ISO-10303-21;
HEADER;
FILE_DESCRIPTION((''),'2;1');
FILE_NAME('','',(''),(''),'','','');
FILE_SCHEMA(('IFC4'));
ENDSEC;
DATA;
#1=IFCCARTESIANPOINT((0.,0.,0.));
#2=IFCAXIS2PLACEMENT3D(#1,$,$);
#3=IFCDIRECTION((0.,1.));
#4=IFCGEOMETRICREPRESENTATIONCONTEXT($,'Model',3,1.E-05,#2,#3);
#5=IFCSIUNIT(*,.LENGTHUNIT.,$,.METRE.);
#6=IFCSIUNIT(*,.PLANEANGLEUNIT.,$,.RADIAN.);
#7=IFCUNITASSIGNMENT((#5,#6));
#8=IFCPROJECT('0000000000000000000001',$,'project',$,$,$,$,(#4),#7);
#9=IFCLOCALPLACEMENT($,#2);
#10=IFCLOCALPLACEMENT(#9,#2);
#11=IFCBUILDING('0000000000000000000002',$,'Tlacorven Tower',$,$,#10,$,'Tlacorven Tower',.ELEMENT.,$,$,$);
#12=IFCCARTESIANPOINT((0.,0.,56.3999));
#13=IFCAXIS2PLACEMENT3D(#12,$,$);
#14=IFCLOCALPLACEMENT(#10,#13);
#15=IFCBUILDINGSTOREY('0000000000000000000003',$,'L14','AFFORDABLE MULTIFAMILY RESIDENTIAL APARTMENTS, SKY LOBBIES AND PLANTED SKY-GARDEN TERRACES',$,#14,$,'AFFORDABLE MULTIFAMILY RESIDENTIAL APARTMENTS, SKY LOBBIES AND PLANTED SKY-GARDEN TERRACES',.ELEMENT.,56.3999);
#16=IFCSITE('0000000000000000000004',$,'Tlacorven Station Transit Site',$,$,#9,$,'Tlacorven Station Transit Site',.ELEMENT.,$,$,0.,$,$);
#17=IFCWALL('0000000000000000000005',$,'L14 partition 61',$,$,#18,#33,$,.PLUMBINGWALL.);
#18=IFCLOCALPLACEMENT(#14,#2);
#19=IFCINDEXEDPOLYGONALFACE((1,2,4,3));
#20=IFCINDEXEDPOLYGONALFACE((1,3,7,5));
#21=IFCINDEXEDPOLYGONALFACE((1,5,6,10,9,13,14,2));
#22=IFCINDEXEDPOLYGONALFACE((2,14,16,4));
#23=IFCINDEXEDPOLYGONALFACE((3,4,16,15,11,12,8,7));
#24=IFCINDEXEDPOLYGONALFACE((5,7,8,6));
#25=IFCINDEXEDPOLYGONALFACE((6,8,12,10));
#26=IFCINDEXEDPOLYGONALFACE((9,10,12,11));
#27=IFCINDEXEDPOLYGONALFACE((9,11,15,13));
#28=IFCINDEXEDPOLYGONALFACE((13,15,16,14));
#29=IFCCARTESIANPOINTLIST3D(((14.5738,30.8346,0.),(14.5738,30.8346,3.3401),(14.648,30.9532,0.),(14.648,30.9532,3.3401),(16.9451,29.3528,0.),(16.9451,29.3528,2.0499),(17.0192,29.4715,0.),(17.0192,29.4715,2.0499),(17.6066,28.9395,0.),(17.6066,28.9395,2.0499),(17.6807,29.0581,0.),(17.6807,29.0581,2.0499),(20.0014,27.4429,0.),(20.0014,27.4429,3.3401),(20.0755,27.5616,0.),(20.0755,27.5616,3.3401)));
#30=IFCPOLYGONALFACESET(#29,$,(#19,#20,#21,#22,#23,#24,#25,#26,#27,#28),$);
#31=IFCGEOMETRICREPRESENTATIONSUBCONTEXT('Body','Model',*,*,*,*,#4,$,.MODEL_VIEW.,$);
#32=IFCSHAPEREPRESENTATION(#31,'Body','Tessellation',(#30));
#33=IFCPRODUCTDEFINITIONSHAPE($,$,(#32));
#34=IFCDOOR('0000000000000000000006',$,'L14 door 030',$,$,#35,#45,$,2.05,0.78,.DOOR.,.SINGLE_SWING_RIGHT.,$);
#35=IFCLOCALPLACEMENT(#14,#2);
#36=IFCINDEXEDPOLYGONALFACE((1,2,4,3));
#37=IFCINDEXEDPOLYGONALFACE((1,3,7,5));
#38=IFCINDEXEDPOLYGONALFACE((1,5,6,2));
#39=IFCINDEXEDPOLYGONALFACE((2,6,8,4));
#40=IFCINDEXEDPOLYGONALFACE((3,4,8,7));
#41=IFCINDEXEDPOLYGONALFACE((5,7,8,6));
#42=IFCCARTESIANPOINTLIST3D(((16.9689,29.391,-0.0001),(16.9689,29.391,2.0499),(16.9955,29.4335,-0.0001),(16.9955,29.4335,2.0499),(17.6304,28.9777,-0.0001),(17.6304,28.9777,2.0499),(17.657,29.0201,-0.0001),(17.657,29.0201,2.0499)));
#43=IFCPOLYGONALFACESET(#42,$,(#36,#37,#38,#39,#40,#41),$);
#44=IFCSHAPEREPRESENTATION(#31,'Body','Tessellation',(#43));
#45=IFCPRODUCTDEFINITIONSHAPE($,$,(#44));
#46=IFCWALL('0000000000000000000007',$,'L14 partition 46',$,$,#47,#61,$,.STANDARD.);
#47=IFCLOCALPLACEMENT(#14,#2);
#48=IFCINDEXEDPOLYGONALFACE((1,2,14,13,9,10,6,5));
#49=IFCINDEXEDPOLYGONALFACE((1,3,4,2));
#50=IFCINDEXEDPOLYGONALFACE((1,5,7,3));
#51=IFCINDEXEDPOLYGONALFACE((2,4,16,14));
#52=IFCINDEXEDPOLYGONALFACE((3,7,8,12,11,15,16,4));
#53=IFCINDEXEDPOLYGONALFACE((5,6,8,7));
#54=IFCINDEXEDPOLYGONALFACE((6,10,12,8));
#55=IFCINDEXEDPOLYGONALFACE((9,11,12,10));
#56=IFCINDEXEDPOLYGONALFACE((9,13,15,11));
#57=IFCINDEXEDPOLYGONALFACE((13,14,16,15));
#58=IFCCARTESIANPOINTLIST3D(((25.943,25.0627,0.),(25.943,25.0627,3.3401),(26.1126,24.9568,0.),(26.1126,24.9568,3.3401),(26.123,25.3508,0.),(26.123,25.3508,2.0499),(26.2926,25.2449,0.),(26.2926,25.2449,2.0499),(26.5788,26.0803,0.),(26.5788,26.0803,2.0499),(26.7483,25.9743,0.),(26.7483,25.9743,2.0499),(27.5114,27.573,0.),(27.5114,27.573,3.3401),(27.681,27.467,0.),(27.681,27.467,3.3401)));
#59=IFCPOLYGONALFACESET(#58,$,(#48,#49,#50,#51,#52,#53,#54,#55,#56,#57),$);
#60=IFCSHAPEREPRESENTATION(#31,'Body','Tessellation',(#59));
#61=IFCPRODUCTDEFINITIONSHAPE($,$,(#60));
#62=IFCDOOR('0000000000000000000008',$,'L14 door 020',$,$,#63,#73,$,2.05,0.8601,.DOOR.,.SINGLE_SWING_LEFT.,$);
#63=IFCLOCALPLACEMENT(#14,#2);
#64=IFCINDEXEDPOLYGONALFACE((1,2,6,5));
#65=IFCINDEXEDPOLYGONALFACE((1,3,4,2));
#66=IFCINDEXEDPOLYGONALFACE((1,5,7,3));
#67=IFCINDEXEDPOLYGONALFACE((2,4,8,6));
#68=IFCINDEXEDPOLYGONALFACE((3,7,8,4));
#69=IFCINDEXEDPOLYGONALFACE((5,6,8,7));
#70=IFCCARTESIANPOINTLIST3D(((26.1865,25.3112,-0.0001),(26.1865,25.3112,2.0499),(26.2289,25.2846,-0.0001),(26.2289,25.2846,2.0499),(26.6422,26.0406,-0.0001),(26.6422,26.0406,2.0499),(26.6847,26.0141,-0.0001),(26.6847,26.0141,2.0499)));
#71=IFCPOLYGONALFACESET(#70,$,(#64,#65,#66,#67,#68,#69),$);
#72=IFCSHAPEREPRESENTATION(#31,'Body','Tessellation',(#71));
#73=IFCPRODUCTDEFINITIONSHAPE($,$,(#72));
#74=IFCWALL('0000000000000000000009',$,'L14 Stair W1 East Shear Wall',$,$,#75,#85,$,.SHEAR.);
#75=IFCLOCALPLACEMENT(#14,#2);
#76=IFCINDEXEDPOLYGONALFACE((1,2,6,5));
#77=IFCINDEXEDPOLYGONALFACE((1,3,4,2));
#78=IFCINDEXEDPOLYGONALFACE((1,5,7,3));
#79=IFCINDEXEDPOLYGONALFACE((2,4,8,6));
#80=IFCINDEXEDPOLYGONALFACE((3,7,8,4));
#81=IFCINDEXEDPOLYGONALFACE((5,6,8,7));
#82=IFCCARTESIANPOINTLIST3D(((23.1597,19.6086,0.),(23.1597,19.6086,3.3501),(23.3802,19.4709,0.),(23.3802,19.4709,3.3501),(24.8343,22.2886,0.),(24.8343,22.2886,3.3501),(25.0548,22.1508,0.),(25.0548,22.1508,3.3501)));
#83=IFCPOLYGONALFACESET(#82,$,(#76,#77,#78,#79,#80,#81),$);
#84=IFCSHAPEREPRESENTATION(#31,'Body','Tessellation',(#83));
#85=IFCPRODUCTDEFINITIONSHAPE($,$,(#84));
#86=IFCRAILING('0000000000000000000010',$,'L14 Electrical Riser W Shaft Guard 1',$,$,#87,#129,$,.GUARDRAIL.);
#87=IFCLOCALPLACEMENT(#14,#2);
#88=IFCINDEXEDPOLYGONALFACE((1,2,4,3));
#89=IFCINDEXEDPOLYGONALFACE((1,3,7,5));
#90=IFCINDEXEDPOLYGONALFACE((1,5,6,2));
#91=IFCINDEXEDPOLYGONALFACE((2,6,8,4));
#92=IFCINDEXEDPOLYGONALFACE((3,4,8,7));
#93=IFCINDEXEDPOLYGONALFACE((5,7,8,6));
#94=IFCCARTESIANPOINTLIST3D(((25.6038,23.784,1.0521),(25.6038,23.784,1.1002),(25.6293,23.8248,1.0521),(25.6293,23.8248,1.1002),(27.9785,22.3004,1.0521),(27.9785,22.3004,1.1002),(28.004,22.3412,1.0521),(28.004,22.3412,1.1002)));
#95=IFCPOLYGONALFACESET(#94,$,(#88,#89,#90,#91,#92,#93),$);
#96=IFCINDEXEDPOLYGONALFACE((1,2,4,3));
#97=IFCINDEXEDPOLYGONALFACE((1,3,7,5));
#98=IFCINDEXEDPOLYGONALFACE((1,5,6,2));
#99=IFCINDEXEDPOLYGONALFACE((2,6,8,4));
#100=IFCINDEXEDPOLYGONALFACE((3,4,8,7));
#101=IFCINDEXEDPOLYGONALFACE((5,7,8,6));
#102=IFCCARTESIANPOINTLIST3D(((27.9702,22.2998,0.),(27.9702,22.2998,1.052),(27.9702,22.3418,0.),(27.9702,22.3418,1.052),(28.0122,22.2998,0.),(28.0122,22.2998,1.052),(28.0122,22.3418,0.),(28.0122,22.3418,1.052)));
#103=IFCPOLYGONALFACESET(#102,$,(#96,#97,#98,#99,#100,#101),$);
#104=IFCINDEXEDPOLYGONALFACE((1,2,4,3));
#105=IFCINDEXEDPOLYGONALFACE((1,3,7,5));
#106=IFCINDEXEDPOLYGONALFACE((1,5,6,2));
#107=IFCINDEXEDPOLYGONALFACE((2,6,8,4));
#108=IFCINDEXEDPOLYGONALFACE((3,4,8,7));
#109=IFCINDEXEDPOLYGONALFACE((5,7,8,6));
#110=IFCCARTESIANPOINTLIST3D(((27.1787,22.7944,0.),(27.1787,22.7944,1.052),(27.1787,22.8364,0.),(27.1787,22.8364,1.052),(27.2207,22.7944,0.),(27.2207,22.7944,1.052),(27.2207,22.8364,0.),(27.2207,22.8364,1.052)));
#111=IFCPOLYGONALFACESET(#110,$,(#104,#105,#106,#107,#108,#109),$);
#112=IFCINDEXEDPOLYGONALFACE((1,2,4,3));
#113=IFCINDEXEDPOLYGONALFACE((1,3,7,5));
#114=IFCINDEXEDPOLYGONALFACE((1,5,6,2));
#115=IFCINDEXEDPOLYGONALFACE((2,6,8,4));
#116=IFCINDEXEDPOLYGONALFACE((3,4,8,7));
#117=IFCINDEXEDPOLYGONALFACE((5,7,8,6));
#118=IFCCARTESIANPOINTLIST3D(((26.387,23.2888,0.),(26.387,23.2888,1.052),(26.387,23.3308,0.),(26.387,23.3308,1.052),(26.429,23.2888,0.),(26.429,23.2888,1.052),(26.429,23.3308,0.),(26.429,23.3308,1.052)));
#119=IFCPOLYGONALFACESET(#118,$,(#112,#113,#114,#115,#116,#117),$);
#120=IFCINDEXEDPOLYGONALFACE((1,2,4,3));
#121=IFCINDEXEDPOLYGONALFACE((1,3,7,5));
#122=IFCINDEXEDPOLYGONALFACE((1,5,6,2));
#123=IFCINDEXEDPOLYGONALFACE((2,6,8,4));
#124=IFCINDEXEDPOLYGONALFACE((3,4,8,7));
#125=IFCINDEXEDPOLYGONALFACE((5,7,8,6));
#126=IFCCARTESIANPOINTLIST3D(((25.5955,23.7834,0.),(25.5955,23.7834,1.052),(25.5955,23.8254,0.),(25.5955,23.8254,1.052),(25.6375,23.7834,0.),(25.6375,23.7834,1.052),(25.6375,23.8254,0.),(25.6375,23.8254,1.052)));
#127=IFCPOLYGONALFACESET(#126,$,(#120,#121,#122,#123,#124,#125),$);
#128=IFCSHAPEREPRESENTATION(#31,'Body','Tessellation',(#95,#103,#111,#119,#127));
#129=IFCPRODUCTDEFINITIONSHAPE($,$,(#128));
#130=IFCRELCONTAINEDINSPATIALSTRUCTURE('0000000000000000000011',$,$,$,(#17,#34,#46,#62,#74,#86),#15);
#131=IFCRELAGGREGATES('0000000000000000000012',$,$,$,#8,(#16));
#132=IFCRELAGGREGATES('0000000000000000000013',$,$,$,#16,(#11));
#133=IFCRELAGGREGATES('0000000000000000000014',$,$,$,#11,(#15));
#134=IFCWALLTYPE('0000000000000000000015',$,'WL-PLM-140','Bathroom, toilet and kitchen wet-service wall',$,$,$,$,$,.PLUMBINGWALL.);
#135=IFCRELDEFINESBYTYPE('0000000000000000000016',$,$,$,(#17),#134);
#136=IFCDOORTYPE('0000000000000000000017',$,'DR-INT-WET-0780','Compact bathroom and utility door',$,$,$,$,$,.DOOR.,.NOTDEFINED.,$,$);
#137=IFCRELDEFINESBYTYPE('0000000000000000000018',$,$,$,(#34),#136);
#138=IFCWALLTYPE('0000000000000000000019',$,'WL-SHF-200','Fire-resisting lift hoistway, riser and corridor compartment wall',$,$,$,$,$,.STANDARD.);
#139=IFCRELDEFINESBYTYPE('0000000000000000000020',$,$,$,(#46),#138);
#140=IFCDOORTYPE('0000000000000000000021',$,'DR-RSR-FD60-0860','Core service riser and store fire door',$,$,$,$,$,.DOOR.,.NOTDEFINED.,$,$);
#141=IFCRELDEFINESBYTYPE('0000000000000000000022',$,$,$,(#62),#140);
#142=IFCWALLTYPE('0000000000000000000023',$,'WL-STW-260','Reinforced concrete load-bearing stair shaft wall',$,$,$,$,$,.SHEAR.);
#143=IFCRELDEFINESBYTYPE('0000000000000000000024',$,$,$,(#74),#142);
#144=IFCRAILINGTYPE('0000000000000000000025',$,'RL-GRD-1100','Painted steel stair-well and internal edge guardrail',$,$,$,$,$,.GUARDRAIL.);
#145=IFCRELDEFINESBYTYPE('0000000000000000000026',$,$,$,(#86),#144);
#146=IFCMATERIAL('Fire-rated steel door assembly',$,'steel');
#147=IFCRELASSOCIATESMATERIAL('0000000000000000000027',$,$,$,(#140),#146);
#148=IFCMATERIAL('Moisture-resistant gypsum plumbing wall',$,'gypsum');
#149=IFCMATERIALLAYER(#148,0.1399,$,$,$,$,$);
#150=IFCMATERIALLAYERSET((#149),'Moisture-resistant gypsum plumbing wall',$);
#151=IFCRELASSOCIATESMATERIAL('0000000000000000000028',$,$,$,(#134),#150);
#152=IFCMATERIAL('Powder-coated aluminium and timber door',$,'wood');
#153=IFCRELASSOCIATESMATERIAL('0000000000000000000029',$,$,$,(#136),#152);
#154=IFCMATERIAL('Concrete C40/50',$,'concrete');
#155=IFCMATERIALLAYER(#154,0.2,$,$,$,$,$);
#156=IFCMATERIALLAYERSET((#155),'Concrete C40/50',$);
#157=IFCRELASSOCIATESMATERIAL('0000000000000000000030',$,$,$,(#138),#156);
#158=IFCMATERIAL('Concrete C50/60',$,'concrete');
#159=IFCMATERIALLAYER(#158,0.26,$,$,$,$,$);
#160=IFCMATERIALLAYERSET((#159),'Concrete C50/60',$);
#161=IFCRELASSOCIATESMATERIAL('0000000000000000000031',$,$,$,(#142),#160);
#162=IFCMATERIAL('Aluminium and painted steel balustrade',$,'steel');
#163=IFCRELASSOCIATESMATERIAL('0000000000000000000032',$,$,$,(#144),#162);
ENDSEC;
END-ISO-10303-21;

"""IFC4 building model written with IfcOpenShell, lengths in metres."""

from ifc_helpers import new_model, si_unit, direction, frame, frame_2d, origin, origin_2d, place, context, subcontext, project, spatial, rectangle, extrude, source, transform, mapped, material, layer, layer_set, type_object, element, fill, save


model = new_model("IFC4")

# Units and contexts
model_context = context("Model", 3, precision=1e-05, world=origin(), true_north=direction((0.0, 1.0)))
body_context = subcontext(model_context, "Body", "Model", "MODEL_VIEW")
ifc_project = project(units=[si_unit("LENGTHUNIT", "METRE"), si_unit("PLANEANGLEUNIT", "RADIAN")], contexts=[model_context])

# Site, building, storey
site_placement = place(None, origin())
site = spatial("IfcSite", under=ifc_project, at=site_placement, Name="Tlacorven Station Transit Site", LongName="Tlacorven Station Transit Site", CompositionType="ELEMENT", RefElevation=0.0)
building_placement = place(site_placement, origin())
building = spatial("IfcBuilding", under=site, at=building_placement, Name="Tlacorven Tower", LongName="Tlacorven Tower", CompositionType="ELEMENT")
storey_placement = place(building_placement, frame((0.0, 0.0, 56.3999)))
storey = spatial("IfcBuildingStorey", under=building, at=storey_placement, Name="L14", Description="AFFORDABLE MULTIFAMILY RESIDENTIAL APARTMENTS, SKY LOBBIES AND PLANTED SKY-GARDEN TERRACES", LongName="AFFORDABLE MULTIFAMILY RESIDENTIAL APARTMENTS, SKY LOBBIES AND PLANTED SKY-GARDEN TERRACES", CompositionType="ELEMENT", Elevation=56.3999)

# Shared definitions
ifc_material_1 = material(Name="Fire-rated steel door assembly", Category="steel")
door_type_1 = type_object("IfcDoorType", Name="DR-RSR-FD60-0860", Description="Core service riser and store fire door", OperationType="NOTDEFINED", PredefinedType="DOOR", material=ifc_material_1)
shared_shape_1 = source(origin(), body_context, "Body", "SweptSolid", [
    extrude(rectangle(XDim=0.8601, YDim=2.05, at=frame_2d((0.4302, 1.0249))), frame((0.0, 0.0249, 0.0), z_axis=(0.0, -1.0, 0.0), x_axis=(1.0, 0.0, 0.0)), (0.0, 0.0, 1.0), 0.05),
])

# Walls, openings, doors
ifc_material_2 = material(Name="Moisture-resistant gypsum plumbing wall", Category="gypsum")
ifc_layer_1 = layer(ifc_material_2, 0.1399)
ifc_layer_set_1 = layer_set([ifc_layer_1], Name="Moisture-resistant gypsum plumbing wall")
wall_type_1 = type_object("IfcWallType", Name="WL-PLM-140", Description="Bathroom, toilet and kitchen wet-service wall", PredefinedType="PLUMBINGWALL", material=ifc_layer_set_1)
wall_1_placement = place(storey_placement, frame((20.0386, 27.5022, 0.0), z_axis=(0.0, 0.0, 1.0), x_axis=(-0.848039, 0.529934, 0.0)))
wall_1 = element("IfcWall", 1, at=wall_1_placement, inside=storey, type_object=wall_type_1, Name="L14 partition 61", PredefinedType="PLUMBINGWALL", context=body_context, shape_type="SweptSolid", body=[
    extrude(rectangle(XDim=6.4001, YDim=0.1399, at=frame_2d((3.2002, 0.0))), origin(), (0.0, 0.0, 1.0), 3.3401),
])
opening_1_placement = place(wall_1_placement, frame((2.824, 0.0, 0.0)))
opening_1 = element("IfcOpeningElement", 2, at=opening_1_placement, cuts=wall_1, PredefinedType="OPENING", context=body_context, shape_type="SweptSolid", body=[
    extrude(rectangle(XDim=0.78, YDim=2.05, at=frame_2d((0.3901, 1.0249))), frame((0.0, 0.0801, 0.0), z_axis=(0.0, -1.0, 0.0), x_axis=(1.0, 0.0, 0.0)), (0.0, 0.0, 1.0), 0.1599),
])
ifc_material_3 = material(Name="Powder-coated aluminium and timber door", Category="wood")
door_type_2 = type_object("IfcDoorType", Name="DR-INT-WET-0780", Description="Compact bathroom and utility door", OperationType="NOTDEFINED", PredefinedType="DOOR", material=ifc_material_3)
shared_shape_2 = source(origin(), body_context, "Body", "SweptSolid", [
    extrude(rectangle(XDim=0.78, YDim=2.05, at=frame_2d((0.3901, 1.0249))), frame((0.0, 0.0249, 0.0), z_axis=(0.0, -1.0, 0.0), x_axis=(1.0, 0.0, 0.0)), (0.0, 0.0, 1.0), 0.05),
])
door_1_placement = place(opening_1_placement, origin())
door_1 = element("IfcDoor", 3, at=door_1_placement, inside=storey, type_object=door_type_2, Name="L14 door 030", OperationType="SINGLE_SWING_RIGHT", OverallHeight=2.05, OverallWidth=0.78, PredefinedType="DOOR", context=body_context, shape_type="MappedRepresentation", body=[
    mapped(shared_shape_2, transform((0.0, 0.0, 0.0), scale=1.0)),
])
fill(opening_1, door_1)
ifc_material_4 = material(Name="Concrete C40/50", Category="concrete")
ifc_layer_2 = layer(ifc_material_4, 0.2)
ifc_layer_set_2 = layer_set([ifc_layer_2], Name="Concrete C40/50")
wall_type_2 = type_object("IfcWallType", Name="WL-SHF-200", Description="Fire-resisting lift hoistway, riser and corridor compartment wall", PredefinedType="STANDARD", material=ifc_layer_set_2)
wall_2_placement = place(storey_placement, frame((27.5962, 27.52, 0.0), z_axis=(0.0, 0.0, 1.0), x_axis=(-0.529865, -0.848082, 0.0)))
wall_2 = element("IfcWall", 4, at=wall_2_placement, inside=storey, type_object=wall_type_2, Name="L14 partition 46", PredefinedType="STANDARD", context=body_context, shape_type="SweptSolid", body=[
    extrude(rectangle(XDim=2.96, YDim=0.2, at=frame_2d((1.48, 0.0))), origin(), (0.0, 0.0, 1.0), 3.3401),
])
opening_2_placement = place(wall_2_placement, frame((1.76, 0.0, 0.0)))
opening_2 = element("IfcOpeningElement", 5, at=opening_2_placement, cuts=wall_2, PredefinedType="OPENING", context=body_context, shape_type="SweptSolid", body=[
    extrude(rectangle(XDim=0.8601, YDim=2.05, at=frame_2d((0.4302, 1.0249))), frame((0.0, 0.1099, 0.0), z_axis=(0.0, -1.0, 0.0), x_axis=(1.0, 0.0, 0.0)), (0.0, 0.0, 1.0), 0.22),
])
door_2_placement = place(opening_2_placement, origin())
door_2 = element("IfcDoor", 6, at=door_2_placement, inside=storey, type_object=door_type_1, Name="L14 door 020", OperationType="SINGLE_SWING_LEFT", OverallHeight=2.05, OverallWidth=0.8601, PredefinedType="DOOR", context=body_context, shape_type="MappedRepresentation", body=[
    mapped(shared_shape_1, transform((0.0, 0.0, 0.0), scale=1.0)),
])
fill(opening_2, door_2)

# Wall
ifc_material_5 = material(Name="Concrete C50/60", Category="concrete")
ifc_layer_3 = layer(ifc_material_5, 0.26)
ifc_layer_set_3 = layer_set([ifc_layer_3], Name="Concrete C50/60")
wall_type_3 = type_object("IfcWallType", Name="WL-STW-260", Description="Reinforced concrete load-bearing stair shaft wall", PredefinedType="SHEAR", material=ifc_layer_set_3)
wall_3_placement = place(storey_placement, frame((24.9446, 22.2197, 0.0), z_axis=(0.0, 0.0, 1.0), x_axis=(-0.529909, -0.848055, 0.0)))
element("IfcWall", 7, at=wall_3_placement, inside=storey, type_object=wall_type_3, Name="L14 Stair W1 East Shear Wall", PredefinedType="SHEAR", context=body_context, shape_type="SweptSolid", body=[
    extrude(rectangle(XDim=3.1602, YDim=0.26, at=frame_2d((1.5801, 0.0))), origin(), (0.0, 0.0, 1.0), 3.3501),
])

# Railing
ifc_material_6 = material(Name="Aluminium and painted steel balustrade", Category="steel")
railing_type = type_object("IfcRailingType", Name="RL-GRD-1100", Description="Painted steel stair-well and internal edge guardrail", PredefinedType="GUARDRAIL", material=ifc_material_6)
shared_shape_3 = source(origin(), body_context, "Body", "SweptSolid", [
    extrude(rectangle(XDim=0.0481, YDim=0.0481, at=origin_2d()), frame((0.0, 0.0, 1.0762), z_axis=(-0.848091, 0.52985, 0.0), x_axis=(-0.52985, -0.848091, 0.0)), (0.0, 0.0, 1.0), 2.8),
    extrude(rectangle(XDim=0.042, YDim=0.042, at=origin_2d()), origin(), (0.0, 0.0, 1.0), 1.052),
    extrude(rectangle(XDim=0.042, YDim=0.042, at=origin_2d()), frame((-0.7915, 0.4946, 0.0)), (0.0, 0.0, 1.0), 1.052),
    extrude(rectangle(XDim=0.042, YDim=0.042, at=origin_2d()), frame((-1.5833, 0.989, 0.0)), (0.0, 0.0, 1.0), 1.052),
    extrude(rectangle(XDim=0.042, YDim=0.042, at=origin_2d()), frame((-2.3748, 1.4836, 0.0)), (0.0, 0.0, 1.0), 1.052),
])
railing_placement = place(storey_placement, frame((27.9912, 22.3208, 0.0)))
element("IfcRailing", 8, at=railing_placement, inside=storey, type_object=railing_type, Name="L14 Electrical Riser W Shaft Guard 1", PredefinedType="GUARDRAIL", context=body_context, shape_type="MappedRepresentation", body=[
    mapped(shared_shape_3, transform((0.0, 0.0, 0.0), scale=1.0)),
])

save(model, "model.ifc")
